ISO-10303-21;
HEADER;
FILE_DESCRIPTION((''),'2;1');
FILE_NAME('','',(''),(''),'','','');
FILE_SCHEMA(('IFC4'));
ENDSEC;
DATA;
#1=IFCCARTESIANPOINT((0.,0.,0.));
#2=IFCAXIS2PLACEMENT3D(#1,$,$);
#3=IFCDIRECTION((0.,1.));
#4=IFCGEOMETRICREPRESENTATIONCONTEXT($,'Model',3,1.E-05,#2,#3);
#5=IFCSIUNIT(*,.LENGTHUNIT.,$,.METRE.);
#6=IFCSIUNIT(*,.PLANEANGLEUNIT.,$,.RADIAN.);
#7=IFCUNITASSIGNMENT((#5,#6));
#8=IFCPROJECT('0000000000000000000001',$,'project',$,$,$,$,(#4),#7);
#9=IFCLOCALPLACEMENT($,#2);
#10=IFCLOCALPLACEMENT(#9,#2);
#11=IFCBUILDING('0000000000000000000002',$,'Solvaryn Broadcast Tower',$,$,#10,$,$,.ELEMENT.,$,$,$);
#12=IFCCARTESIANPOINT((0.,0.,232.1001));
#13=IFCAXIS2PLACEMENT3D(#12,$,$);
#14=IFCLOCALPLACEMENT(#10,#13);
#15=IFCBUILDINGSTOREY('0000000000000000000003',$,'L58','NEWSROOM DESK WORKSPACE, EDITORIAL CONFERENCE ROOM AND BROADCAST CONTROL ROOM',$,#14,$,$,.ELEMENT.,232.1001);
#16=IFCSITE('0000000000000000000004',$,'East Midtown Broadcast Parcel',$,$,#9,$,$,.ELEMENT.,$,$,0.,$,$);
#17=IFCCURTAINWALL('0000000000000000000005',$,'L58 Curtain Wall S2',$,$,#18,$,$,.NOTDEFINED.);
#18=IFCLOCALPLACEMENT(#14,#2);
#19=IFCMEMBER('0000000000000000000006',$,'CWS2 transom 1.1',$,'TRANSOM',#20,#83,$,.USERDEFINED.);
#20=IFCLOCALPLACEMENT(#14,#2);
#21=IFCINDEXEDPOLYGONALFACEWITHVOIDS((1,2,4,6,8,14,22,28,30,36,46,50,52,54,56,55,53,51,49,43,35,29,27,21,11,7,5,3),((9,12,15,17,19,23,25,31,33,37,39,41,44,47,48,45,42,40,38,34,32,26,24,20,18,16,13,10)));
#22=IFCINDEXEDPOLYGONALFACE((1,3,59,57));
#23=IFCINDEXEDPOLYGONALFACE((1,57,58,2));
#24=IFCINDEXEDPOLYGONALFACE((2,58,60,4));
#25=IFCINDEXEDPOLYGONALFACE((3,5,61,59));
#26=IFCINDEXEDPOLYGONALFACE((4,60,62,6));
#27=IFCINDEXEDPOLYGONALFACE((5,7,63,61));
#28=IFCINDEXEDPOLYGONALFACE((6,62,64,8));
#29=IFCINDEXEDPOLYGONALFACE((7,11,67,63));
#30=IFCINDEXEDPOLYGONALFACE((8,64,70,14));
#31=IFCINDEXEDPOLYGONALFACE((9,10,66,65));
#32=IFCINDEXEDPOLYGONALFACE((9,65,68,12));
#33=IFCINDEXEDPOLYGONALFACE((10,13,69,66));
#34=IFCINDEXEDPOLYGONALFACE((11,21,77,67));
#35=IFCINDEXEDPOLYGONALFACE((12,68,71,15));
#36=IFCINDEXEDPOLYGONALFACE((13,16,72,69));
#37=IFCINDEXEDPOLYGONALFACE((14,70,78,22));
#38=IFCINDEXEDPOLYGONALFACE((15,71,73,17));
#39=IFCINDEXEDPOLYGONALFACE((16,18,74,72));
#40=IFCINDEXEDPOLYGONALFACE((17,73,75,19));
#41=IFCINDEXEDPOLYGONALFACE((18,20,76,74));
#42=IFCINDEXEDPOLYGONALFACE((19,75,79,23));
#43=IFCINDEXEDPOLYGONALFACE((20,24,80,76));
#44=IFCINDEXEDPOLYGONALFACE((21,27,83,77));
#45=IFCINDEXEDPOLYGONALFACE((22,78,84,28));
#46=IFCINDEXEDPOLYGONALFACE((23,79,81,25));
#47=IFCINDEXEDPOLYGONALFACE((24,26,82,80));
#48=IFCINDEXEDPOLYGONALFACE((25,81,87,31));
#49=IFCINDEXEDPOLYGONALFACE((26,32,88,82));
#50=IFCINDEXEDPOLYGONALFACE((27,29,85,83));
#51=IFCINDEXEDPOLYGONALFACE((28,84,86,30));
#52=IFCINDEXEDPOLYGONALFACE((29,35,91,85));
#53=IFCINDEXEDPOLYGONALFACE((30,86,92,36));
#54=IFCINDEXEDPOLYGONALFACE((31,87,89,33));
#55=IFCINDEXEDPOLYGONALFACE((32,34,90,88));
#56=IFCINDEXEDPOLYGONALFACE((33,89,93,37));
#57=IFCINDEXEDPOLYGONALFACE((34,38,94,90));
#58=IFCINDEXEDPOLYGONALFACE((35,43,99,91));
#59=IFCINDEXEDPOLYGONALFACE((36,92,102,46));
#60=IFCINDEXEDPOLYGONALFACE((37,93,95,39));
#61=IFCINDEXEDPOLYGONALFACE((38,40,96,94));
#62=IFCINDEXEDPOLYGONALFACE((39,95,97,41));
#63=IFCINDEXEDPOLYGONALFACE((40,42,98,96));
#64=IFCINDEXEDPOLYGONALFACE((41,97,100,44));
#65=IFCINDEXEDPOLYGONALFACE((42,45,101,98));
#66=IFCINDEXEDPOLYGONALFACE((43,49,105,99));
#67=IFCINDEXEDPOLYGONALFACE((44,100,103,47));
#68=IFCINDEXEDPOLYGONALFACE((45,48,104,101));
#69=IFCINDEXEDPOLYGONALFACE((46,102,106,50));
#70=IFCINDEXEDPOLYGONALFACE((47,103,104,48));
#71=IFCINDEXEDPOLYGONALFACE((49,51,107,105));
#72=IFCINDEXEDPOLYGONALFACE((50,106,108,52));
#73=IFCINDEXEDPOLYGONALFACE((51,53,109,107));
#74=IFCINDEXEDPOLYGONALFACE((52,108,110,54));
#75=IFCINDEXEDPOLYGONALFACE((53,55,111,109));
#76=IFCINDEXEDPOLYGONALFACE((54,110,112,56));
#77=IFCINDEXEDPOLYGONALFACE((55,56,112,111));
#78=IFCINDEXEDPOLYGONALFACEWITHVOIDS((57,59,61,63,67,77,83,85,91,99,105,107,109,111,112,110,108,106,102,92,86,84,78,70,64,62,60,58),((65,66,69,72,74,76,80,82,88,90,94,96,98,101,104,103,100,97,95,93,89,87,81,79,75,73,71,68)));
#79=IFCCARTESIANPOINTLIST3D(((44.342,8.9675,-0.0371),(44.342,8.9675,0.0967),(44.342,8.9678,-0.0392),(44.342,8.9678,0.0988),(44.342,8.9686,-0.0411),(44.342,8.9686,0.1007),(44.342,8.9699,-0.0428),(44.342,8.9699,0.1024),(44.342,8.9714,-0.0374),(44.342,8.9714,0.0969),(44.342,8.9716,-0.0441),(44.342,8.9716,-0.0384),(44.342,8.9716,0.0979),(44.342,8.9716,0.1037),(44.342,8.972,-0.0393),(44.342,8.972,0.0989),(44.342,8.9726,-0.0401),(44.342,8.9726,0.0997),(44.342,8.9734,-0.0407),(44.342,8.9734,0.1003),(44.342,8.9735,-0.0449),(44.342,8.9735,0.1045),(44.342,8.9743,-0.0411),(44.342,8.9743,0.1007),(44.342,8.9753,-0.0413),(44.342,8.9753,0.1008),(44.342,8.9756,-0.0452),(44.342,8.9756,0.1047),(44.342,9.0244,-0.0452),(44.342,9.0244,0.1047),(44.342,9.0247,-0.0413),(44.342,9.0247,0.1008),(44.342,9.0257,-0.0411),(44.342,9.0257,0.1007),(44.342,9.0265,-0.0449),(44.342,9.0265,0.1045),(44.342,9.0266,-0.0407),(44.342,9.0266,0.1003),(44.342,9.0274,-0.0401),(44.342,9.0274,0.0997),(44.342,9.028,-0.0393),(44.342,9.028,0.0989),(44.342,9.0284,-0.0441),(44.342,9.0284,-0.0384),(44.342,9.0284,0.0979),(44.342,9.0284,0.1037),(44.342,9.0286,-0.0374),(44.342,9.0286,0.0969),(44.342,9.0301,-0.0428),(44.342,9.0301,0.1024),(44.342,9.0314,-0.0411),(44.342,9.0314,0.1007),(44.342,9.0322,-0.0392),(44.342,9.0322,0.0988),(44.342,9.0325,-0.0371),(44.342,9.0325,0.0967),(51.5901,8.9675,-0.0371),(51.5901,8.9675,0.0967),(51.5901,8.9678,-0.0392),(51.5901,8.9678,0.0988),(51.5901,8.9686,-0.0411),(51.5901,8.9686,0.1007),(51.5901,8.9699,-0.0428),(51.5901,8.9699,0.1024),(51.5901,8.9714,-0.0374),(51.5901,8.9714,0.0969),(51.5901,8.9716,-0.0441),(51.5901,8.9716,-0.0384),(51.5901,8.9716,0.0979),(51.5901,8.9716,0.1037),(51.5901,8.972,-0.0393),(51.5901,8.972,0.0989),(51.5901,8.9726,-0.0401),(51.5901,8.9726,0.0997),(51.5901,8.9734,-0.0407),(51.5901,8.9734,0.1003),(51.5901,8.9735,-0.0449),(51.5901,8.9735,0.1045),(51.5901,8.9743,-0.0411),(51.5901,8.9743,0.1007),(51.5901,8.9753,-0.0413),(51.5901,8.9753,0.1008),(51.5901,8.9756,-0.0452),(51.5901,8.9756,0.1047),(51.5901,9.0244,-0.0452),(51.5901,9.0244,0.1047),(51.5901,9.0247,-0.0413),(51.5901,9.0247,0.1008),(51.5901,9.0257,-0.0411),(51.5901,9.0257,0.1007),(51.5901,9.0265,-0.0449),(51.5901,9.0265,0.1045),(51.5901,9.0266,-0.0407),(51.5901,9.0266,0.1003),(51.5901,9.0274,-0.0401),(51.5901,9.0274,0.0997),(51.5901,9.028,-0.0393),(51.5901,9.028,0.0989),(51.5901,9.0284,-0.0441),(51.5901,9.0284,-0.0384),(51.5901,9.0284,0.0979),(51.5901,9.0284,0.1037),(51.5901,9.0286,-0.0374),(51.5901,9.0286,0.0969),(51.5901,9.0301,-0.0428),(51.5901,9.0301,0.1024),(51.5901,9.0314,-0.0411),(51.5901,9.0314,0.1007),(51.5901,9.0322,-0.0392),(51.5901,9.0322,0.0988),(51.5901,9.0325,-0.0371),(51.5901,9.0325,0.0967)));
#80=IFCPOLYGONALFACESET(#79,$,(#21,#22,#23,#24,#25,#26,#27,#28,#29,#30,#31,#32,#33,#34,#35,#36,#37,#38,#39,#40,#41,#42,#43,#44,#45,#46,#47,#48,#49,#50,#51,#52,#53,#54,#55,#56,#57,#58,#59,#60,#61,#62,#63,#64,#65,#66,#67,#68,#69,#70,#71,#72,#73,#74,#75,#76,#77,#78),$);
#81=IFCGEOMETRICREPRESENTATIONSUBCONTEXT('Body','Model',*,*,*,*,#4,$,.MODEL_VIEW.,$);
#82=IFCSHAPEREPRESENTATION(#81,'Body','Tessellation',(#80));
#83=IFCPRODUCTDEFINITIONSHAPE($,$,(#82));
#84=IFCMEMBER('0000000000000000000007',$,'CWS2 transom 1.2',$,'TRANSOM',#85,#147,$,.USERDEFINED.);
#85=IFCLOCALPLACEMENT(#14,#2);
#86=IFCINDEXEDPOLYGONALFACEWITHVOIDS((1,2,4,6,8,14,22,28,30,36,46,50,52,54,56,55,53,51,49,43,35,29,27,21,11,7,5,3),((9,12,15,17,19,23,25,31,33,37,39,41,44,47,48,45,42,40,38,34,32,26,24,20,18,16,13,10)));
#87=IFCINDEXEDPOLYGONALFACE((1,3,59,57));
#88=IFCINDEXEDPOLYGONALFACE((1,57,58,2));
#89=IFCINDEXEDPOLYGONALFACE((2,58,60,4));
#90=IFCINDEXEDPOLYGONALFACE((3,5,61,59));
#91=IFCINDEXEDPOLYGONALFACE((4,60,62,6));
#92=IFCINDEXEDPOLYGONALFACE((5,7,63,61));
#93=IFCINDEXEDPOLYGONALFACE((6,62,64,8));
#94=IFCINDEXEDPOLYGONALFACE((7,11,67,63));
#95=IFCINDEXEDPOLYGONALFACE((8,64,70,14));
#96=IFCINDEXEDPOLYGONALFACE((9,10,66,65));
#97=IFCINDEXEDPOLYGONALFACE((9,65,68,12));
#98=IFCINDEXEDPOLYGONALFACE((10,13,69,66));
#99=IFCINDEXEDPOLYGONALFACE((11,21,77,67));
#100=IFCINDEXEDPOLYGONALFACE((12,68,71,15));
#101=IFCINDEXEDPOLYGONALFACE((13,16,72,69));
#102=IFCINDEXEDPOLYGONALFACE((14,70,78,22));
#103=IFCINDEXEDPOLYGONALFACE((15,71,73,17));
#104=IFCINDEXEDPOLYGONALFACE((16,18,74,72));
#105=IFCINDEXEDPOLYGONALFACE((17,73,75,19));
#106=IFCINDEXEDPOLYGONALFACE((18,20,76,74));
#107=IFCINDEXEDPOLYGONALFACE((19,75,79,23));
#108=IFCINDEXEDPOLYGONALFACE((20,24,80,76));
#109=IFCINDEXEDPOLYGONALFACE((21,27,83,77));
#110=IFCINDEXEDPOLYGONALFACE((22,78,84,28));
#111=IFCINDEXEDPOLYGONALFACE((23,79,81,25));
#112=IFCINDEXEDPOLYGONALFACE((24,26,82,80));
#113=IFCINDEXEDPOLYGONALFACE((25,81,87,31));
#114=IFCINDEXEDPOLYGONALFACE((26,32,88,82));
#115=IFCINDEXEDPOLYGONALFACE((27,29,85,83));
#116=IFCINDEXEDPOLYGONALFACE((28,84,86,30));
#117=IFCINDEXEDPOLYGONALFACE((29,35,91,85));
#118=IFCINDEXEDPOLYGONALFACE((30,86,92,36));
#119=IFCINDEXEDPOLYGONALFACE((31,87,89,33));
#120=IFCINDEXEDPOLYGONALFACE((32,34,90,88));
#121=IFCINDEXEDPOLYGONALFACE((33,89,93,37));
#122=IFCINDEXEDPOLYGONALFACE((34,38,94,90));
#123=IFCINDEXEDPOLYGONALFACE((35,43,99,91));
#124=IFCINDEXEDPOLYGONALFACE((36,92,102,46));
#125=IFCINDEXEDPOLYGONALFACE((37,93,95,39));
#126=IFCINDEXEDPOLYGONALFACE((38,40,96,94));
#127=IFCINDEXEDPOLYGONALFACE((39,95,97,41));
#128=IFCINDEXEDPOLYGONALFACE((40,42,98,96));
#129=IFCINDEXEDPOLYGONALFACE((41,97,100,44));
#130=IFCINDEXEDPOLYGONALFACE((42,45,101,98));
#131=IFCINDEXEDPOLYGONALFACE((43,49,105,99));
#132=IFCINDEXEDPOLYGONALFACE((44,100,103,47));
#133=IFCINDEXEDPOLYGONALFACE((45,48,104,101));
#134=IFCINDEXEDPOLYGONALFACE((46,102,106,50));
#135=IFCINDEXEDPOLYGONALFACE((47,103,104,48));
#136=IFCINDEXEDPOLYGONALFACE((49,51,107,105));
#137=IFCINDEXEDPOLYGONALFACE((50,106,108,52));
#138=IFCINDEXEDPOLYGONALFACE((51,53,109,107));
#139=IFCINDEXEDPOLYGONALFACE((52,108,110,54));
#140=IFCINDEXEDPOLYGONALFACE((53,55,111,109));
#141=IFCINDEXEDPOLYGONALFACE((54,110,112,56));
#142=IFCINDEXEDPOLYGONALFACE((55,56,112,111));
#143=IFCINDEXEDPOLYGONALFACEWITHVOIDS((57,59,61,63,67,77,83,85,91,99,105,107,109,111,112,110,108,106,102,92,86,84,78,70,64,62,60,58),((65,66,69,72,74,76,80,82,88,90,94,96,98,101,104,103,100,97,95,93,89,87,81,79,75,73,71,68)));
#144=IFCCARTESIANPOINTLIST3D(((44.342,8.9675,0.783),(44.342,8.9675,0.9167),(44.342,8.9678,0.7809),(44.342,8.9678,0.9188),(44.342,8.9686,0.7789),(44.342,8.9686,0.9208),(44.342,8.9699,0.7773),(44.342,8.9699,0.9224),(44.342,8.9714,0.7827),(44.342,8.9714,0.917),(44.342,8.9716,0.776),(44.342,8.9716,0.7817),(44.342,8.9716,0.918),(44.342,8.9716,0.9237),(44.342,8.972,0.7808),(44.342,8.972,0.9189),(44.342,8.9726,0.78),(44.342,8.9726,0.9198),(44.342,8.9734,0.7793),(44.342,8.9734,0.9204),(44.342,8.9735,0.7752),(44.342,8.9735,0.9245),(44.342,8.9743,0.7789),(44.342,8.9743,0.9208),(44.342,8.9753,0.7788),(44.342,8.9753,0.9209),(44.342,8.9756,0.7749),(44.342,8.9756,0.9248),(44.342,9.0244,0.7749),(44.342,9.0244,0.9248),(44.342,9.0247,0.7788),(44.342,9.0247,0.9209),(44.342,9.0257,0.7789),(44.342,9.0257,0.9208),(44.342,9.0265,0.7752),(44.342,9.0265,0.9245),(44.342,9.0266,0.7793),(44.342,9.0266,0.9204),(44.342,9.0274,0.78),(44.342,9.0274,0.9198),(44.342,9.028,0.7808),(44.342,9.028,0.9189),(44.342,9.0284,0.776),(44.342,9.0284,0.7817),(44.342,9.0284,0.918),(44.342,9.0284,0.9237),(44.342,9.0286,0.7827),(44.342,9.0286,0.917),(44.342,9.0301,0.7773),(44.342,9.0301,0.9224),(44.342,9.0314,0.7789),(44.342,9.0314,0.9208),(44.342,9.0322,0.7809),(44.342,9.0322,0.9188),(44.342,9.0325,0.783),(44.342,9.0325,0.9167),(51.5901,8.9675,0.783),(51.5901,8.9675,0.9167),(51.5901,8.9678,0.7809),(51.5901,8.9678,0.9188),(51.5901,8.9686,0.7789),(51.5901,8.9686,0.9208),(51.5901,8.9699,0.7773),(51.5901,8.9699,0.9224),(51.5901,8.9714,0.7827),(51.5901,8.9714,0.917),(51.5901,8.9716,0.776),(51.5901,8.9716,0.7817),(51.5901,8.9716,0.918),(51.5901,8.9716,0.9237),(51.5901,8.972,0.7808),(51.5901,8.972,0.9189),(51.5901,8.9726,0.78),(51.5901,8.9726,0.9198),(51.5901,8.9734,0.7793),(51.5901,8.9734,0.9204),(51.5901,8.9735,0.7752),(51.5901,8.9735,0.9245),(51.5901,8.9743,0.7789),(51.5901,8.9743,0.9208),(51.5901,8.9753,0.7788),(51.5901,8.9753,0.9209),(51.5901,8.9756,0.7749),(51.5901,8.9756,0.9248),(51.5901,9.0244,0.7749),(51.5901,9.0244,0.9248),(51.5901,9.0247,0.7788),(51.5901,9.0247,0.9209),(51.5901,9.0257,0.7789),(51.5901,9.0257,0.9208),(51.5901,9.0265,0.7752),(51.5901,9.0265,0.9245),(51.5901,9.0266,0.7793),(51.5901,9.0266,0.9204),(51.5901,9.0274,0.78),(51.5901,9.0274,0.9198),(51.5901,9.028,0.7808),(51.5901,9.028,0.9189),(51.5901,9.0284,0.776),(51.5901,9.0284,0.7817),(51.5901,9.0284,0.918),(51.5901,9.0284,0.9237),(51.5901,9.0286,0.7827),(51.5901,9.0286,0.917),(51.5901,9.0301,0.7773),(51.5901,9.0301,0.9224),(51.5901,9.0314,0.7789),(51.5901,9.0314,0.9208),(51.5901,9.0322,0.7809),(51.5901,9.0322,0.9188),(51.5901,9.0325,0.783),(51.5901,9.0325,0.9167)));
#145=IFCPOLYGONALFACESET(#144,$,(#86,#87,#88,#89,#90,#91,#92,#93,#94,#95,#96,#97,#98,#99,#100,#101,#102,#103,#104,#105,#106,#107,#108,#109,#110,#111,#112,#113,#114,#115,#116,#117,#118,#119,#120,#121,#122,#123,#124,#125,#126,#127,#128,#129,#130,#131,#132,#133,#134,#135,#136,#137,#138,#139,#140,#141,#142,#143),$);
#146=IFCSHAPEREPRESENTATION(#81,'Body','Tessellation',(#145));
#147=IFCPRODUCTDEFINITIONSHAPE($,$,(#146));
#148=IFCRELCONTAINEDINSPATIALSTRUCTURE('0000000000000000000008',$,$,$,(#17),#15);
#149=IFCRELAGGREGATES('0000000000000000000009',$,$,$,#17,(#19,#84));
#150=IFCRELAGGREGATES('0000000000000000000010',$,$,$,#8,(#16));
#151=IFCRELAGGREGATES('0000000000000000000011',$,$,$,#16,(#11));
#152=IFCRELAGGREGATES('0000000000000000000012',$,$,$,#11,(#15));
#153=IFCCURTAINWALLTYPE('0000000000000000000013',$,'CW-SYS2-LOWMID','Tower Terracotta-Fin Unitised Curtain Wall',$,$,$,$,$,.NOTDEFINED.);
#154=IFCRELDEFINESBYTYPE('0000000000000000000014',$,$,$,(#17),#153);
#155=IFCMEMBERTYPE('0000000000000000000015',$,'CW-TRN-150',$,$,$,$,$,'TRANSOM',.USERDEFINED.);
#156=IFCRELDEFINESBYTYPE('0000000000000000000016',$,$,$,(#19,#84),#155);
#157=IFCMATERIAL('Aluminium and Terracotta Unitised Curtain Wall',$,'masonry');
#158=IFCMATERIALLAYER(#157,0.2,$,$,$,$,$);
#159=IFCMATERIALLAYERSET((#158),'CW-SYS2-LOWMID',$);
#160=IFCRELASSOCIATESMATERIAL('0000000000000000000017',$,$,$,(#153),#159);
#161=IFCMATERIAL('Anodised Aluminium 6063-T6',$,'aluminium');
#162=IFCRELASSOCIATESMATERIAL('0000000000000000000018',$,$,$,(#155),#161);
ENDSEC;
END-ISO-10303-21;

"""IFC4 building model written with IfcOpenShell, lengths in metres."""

from ifc_helpers import new_model, si_unit, direction, frame, origin, origin_2d, place, context, subcontext, project, spatial, hollow_rectangle, extrude, material, layer, layer_set, material_profile, profile_set, type_object, element, aggregate, save


model = new_model("IFC4")

# Units and contexts
model_context = context("Model", 3, precision=1e-05, world=origin(), true_north=direction((0.0, 1.0)))
body_context = subcontext(model_context, "Body", "Model", "MODEL_VIEW")
ifc_project = project(units=[si_unit("LENGTHUNIT", "METRE"), si_unit("PLANEANGLEUNIT", "RADIAN")], contexts=[model_context])

# Site, building, storey
site_placement = place(None, origin())
site = spatial("IfcSite", under=ifc_project, at=site_placement, Name="East Midtown Broadcast Parcel", CompositionType="ELEMENT", RefElevation=0.0)
building_placement = place(site_placement, origin())
building = spatial("IfcBuilding", under=site, at=building_placement, Name="Solvaryn Broadcast Tower", CompositionType="ELEMENT")
storey_placement = place(building_placement, frame((0.0, 0.0, 232.1001)))
storey = spatial("IfcBuildingStorey", under=building, at=storey_placement, Name="L58", Description="NEWSROOM DESK WORKSPACE, EDITORIAL CONFERENCE ROOM AND BROADCAST CONTROL ROOM", CompositionType="ELEMENT", Elevation=232.1001)

# Shared definitions
ifc_material_1 = material(Name="Aluminium and Terracotta Unitised Curtain Wall", Category="masonry")
ifc_layer_1 = layer(ifc_material_1, 0.2)
ifc_layer_set_1 = layer_set([ifc_layer_1], Name="CW-SYS2-LOWMID")
curtain_wall_type = type_object("IfcCurtainWallType", Name="CW-SYS2-LOWMID", Description="Tower Terracotta-Fin Unitised Curtain Wall", PredefinedType="NOTDEFINED", material=ifc_layer_set_1)

# Curtain wall, members
curtain_wall_1_placement = place(storey_placement, origin())
curtain_wall_1 = element("IfcCurtainWall", 1, at=curtain_wall_1_placement, inside=storey, type_object=curtain_wall_type, Name="L58 Curtain Wall S2", PredefinedType="NOTDEFINED")
ifc_material_2 = material(Name="Anodised Aluminium 6063-T6", Category="aluminium")
ifc_material_profile_1 = material_profile(ifc_material_2, hollow_rectangle(XDim=0.0649, YDim=0.1499, WallThickness=0.0039, InnerFilletRadius=0.0039, OuterFilletRadius=0.0081, at=origin_2d()))
ifc_profile_set_1 = profile_set([ifc_material_profile_1], Name="Anodised Aluminium 6063-T6")
member_type_1 = type_object("IfcMemberType", Name="CW-TRN-150", ElementType="TRANSOM", PredefinedType="USERDEFINED", material=ifc_profile_set_1)
member_1_placement = place(storey_placement, frame((44.342, 9.0, 0.0298), z_axis=(1.0, 0.0, 0.0), x_axis=(0.0, 1.0, 0.0)))
member_1 = element("IfcMember", 2, at=member_1_placement, type_object=member_type_1, Name="CWS2 transom 1.1", ObjectType="TRANSOM", PredefinedType="USERDEFINED", context=body_context, shape_type="SweptSolid", body=[
    extrude(hollow_rectangle(XDim=0.0649, YDim=0.1499, WallThickness=0.0039, InnerFilletRadius=0.0039, OuterFilletRadius=0.0081, at=origin_2d()), origin(), (0.0, 0.0, 1.0), 7.248),
])
member_2_placement = place(storey_placement, frame((44.342, 9.0, 0.8499), z_axis=(1.0, 0.0, 0.0), x_axis=(0.0, 1.0, 0.0)))
member_2 = element("IfcMember", 3, at=member_2_placement, type_object=member_type_1, Name="CWS2 transom 1.2", ObjectType="TRANSOM", PredefinedType="USERDEFINED", context=body_context, shape_type="SweptSolid", body=[
    extrude(hollow_rectangle(XDim=0.0649, YDim=0.1499, WallThickness=0.0039, InnerFilletRadius=0.0039, OuterFilletRadius=0.0081, at=origin_2d()), origin(), (0.0, 0.0, 1.0), 7.248),
])
aggregate(curtain_wall_1, [member_1, member_2])

save(model, "model.ifc")
